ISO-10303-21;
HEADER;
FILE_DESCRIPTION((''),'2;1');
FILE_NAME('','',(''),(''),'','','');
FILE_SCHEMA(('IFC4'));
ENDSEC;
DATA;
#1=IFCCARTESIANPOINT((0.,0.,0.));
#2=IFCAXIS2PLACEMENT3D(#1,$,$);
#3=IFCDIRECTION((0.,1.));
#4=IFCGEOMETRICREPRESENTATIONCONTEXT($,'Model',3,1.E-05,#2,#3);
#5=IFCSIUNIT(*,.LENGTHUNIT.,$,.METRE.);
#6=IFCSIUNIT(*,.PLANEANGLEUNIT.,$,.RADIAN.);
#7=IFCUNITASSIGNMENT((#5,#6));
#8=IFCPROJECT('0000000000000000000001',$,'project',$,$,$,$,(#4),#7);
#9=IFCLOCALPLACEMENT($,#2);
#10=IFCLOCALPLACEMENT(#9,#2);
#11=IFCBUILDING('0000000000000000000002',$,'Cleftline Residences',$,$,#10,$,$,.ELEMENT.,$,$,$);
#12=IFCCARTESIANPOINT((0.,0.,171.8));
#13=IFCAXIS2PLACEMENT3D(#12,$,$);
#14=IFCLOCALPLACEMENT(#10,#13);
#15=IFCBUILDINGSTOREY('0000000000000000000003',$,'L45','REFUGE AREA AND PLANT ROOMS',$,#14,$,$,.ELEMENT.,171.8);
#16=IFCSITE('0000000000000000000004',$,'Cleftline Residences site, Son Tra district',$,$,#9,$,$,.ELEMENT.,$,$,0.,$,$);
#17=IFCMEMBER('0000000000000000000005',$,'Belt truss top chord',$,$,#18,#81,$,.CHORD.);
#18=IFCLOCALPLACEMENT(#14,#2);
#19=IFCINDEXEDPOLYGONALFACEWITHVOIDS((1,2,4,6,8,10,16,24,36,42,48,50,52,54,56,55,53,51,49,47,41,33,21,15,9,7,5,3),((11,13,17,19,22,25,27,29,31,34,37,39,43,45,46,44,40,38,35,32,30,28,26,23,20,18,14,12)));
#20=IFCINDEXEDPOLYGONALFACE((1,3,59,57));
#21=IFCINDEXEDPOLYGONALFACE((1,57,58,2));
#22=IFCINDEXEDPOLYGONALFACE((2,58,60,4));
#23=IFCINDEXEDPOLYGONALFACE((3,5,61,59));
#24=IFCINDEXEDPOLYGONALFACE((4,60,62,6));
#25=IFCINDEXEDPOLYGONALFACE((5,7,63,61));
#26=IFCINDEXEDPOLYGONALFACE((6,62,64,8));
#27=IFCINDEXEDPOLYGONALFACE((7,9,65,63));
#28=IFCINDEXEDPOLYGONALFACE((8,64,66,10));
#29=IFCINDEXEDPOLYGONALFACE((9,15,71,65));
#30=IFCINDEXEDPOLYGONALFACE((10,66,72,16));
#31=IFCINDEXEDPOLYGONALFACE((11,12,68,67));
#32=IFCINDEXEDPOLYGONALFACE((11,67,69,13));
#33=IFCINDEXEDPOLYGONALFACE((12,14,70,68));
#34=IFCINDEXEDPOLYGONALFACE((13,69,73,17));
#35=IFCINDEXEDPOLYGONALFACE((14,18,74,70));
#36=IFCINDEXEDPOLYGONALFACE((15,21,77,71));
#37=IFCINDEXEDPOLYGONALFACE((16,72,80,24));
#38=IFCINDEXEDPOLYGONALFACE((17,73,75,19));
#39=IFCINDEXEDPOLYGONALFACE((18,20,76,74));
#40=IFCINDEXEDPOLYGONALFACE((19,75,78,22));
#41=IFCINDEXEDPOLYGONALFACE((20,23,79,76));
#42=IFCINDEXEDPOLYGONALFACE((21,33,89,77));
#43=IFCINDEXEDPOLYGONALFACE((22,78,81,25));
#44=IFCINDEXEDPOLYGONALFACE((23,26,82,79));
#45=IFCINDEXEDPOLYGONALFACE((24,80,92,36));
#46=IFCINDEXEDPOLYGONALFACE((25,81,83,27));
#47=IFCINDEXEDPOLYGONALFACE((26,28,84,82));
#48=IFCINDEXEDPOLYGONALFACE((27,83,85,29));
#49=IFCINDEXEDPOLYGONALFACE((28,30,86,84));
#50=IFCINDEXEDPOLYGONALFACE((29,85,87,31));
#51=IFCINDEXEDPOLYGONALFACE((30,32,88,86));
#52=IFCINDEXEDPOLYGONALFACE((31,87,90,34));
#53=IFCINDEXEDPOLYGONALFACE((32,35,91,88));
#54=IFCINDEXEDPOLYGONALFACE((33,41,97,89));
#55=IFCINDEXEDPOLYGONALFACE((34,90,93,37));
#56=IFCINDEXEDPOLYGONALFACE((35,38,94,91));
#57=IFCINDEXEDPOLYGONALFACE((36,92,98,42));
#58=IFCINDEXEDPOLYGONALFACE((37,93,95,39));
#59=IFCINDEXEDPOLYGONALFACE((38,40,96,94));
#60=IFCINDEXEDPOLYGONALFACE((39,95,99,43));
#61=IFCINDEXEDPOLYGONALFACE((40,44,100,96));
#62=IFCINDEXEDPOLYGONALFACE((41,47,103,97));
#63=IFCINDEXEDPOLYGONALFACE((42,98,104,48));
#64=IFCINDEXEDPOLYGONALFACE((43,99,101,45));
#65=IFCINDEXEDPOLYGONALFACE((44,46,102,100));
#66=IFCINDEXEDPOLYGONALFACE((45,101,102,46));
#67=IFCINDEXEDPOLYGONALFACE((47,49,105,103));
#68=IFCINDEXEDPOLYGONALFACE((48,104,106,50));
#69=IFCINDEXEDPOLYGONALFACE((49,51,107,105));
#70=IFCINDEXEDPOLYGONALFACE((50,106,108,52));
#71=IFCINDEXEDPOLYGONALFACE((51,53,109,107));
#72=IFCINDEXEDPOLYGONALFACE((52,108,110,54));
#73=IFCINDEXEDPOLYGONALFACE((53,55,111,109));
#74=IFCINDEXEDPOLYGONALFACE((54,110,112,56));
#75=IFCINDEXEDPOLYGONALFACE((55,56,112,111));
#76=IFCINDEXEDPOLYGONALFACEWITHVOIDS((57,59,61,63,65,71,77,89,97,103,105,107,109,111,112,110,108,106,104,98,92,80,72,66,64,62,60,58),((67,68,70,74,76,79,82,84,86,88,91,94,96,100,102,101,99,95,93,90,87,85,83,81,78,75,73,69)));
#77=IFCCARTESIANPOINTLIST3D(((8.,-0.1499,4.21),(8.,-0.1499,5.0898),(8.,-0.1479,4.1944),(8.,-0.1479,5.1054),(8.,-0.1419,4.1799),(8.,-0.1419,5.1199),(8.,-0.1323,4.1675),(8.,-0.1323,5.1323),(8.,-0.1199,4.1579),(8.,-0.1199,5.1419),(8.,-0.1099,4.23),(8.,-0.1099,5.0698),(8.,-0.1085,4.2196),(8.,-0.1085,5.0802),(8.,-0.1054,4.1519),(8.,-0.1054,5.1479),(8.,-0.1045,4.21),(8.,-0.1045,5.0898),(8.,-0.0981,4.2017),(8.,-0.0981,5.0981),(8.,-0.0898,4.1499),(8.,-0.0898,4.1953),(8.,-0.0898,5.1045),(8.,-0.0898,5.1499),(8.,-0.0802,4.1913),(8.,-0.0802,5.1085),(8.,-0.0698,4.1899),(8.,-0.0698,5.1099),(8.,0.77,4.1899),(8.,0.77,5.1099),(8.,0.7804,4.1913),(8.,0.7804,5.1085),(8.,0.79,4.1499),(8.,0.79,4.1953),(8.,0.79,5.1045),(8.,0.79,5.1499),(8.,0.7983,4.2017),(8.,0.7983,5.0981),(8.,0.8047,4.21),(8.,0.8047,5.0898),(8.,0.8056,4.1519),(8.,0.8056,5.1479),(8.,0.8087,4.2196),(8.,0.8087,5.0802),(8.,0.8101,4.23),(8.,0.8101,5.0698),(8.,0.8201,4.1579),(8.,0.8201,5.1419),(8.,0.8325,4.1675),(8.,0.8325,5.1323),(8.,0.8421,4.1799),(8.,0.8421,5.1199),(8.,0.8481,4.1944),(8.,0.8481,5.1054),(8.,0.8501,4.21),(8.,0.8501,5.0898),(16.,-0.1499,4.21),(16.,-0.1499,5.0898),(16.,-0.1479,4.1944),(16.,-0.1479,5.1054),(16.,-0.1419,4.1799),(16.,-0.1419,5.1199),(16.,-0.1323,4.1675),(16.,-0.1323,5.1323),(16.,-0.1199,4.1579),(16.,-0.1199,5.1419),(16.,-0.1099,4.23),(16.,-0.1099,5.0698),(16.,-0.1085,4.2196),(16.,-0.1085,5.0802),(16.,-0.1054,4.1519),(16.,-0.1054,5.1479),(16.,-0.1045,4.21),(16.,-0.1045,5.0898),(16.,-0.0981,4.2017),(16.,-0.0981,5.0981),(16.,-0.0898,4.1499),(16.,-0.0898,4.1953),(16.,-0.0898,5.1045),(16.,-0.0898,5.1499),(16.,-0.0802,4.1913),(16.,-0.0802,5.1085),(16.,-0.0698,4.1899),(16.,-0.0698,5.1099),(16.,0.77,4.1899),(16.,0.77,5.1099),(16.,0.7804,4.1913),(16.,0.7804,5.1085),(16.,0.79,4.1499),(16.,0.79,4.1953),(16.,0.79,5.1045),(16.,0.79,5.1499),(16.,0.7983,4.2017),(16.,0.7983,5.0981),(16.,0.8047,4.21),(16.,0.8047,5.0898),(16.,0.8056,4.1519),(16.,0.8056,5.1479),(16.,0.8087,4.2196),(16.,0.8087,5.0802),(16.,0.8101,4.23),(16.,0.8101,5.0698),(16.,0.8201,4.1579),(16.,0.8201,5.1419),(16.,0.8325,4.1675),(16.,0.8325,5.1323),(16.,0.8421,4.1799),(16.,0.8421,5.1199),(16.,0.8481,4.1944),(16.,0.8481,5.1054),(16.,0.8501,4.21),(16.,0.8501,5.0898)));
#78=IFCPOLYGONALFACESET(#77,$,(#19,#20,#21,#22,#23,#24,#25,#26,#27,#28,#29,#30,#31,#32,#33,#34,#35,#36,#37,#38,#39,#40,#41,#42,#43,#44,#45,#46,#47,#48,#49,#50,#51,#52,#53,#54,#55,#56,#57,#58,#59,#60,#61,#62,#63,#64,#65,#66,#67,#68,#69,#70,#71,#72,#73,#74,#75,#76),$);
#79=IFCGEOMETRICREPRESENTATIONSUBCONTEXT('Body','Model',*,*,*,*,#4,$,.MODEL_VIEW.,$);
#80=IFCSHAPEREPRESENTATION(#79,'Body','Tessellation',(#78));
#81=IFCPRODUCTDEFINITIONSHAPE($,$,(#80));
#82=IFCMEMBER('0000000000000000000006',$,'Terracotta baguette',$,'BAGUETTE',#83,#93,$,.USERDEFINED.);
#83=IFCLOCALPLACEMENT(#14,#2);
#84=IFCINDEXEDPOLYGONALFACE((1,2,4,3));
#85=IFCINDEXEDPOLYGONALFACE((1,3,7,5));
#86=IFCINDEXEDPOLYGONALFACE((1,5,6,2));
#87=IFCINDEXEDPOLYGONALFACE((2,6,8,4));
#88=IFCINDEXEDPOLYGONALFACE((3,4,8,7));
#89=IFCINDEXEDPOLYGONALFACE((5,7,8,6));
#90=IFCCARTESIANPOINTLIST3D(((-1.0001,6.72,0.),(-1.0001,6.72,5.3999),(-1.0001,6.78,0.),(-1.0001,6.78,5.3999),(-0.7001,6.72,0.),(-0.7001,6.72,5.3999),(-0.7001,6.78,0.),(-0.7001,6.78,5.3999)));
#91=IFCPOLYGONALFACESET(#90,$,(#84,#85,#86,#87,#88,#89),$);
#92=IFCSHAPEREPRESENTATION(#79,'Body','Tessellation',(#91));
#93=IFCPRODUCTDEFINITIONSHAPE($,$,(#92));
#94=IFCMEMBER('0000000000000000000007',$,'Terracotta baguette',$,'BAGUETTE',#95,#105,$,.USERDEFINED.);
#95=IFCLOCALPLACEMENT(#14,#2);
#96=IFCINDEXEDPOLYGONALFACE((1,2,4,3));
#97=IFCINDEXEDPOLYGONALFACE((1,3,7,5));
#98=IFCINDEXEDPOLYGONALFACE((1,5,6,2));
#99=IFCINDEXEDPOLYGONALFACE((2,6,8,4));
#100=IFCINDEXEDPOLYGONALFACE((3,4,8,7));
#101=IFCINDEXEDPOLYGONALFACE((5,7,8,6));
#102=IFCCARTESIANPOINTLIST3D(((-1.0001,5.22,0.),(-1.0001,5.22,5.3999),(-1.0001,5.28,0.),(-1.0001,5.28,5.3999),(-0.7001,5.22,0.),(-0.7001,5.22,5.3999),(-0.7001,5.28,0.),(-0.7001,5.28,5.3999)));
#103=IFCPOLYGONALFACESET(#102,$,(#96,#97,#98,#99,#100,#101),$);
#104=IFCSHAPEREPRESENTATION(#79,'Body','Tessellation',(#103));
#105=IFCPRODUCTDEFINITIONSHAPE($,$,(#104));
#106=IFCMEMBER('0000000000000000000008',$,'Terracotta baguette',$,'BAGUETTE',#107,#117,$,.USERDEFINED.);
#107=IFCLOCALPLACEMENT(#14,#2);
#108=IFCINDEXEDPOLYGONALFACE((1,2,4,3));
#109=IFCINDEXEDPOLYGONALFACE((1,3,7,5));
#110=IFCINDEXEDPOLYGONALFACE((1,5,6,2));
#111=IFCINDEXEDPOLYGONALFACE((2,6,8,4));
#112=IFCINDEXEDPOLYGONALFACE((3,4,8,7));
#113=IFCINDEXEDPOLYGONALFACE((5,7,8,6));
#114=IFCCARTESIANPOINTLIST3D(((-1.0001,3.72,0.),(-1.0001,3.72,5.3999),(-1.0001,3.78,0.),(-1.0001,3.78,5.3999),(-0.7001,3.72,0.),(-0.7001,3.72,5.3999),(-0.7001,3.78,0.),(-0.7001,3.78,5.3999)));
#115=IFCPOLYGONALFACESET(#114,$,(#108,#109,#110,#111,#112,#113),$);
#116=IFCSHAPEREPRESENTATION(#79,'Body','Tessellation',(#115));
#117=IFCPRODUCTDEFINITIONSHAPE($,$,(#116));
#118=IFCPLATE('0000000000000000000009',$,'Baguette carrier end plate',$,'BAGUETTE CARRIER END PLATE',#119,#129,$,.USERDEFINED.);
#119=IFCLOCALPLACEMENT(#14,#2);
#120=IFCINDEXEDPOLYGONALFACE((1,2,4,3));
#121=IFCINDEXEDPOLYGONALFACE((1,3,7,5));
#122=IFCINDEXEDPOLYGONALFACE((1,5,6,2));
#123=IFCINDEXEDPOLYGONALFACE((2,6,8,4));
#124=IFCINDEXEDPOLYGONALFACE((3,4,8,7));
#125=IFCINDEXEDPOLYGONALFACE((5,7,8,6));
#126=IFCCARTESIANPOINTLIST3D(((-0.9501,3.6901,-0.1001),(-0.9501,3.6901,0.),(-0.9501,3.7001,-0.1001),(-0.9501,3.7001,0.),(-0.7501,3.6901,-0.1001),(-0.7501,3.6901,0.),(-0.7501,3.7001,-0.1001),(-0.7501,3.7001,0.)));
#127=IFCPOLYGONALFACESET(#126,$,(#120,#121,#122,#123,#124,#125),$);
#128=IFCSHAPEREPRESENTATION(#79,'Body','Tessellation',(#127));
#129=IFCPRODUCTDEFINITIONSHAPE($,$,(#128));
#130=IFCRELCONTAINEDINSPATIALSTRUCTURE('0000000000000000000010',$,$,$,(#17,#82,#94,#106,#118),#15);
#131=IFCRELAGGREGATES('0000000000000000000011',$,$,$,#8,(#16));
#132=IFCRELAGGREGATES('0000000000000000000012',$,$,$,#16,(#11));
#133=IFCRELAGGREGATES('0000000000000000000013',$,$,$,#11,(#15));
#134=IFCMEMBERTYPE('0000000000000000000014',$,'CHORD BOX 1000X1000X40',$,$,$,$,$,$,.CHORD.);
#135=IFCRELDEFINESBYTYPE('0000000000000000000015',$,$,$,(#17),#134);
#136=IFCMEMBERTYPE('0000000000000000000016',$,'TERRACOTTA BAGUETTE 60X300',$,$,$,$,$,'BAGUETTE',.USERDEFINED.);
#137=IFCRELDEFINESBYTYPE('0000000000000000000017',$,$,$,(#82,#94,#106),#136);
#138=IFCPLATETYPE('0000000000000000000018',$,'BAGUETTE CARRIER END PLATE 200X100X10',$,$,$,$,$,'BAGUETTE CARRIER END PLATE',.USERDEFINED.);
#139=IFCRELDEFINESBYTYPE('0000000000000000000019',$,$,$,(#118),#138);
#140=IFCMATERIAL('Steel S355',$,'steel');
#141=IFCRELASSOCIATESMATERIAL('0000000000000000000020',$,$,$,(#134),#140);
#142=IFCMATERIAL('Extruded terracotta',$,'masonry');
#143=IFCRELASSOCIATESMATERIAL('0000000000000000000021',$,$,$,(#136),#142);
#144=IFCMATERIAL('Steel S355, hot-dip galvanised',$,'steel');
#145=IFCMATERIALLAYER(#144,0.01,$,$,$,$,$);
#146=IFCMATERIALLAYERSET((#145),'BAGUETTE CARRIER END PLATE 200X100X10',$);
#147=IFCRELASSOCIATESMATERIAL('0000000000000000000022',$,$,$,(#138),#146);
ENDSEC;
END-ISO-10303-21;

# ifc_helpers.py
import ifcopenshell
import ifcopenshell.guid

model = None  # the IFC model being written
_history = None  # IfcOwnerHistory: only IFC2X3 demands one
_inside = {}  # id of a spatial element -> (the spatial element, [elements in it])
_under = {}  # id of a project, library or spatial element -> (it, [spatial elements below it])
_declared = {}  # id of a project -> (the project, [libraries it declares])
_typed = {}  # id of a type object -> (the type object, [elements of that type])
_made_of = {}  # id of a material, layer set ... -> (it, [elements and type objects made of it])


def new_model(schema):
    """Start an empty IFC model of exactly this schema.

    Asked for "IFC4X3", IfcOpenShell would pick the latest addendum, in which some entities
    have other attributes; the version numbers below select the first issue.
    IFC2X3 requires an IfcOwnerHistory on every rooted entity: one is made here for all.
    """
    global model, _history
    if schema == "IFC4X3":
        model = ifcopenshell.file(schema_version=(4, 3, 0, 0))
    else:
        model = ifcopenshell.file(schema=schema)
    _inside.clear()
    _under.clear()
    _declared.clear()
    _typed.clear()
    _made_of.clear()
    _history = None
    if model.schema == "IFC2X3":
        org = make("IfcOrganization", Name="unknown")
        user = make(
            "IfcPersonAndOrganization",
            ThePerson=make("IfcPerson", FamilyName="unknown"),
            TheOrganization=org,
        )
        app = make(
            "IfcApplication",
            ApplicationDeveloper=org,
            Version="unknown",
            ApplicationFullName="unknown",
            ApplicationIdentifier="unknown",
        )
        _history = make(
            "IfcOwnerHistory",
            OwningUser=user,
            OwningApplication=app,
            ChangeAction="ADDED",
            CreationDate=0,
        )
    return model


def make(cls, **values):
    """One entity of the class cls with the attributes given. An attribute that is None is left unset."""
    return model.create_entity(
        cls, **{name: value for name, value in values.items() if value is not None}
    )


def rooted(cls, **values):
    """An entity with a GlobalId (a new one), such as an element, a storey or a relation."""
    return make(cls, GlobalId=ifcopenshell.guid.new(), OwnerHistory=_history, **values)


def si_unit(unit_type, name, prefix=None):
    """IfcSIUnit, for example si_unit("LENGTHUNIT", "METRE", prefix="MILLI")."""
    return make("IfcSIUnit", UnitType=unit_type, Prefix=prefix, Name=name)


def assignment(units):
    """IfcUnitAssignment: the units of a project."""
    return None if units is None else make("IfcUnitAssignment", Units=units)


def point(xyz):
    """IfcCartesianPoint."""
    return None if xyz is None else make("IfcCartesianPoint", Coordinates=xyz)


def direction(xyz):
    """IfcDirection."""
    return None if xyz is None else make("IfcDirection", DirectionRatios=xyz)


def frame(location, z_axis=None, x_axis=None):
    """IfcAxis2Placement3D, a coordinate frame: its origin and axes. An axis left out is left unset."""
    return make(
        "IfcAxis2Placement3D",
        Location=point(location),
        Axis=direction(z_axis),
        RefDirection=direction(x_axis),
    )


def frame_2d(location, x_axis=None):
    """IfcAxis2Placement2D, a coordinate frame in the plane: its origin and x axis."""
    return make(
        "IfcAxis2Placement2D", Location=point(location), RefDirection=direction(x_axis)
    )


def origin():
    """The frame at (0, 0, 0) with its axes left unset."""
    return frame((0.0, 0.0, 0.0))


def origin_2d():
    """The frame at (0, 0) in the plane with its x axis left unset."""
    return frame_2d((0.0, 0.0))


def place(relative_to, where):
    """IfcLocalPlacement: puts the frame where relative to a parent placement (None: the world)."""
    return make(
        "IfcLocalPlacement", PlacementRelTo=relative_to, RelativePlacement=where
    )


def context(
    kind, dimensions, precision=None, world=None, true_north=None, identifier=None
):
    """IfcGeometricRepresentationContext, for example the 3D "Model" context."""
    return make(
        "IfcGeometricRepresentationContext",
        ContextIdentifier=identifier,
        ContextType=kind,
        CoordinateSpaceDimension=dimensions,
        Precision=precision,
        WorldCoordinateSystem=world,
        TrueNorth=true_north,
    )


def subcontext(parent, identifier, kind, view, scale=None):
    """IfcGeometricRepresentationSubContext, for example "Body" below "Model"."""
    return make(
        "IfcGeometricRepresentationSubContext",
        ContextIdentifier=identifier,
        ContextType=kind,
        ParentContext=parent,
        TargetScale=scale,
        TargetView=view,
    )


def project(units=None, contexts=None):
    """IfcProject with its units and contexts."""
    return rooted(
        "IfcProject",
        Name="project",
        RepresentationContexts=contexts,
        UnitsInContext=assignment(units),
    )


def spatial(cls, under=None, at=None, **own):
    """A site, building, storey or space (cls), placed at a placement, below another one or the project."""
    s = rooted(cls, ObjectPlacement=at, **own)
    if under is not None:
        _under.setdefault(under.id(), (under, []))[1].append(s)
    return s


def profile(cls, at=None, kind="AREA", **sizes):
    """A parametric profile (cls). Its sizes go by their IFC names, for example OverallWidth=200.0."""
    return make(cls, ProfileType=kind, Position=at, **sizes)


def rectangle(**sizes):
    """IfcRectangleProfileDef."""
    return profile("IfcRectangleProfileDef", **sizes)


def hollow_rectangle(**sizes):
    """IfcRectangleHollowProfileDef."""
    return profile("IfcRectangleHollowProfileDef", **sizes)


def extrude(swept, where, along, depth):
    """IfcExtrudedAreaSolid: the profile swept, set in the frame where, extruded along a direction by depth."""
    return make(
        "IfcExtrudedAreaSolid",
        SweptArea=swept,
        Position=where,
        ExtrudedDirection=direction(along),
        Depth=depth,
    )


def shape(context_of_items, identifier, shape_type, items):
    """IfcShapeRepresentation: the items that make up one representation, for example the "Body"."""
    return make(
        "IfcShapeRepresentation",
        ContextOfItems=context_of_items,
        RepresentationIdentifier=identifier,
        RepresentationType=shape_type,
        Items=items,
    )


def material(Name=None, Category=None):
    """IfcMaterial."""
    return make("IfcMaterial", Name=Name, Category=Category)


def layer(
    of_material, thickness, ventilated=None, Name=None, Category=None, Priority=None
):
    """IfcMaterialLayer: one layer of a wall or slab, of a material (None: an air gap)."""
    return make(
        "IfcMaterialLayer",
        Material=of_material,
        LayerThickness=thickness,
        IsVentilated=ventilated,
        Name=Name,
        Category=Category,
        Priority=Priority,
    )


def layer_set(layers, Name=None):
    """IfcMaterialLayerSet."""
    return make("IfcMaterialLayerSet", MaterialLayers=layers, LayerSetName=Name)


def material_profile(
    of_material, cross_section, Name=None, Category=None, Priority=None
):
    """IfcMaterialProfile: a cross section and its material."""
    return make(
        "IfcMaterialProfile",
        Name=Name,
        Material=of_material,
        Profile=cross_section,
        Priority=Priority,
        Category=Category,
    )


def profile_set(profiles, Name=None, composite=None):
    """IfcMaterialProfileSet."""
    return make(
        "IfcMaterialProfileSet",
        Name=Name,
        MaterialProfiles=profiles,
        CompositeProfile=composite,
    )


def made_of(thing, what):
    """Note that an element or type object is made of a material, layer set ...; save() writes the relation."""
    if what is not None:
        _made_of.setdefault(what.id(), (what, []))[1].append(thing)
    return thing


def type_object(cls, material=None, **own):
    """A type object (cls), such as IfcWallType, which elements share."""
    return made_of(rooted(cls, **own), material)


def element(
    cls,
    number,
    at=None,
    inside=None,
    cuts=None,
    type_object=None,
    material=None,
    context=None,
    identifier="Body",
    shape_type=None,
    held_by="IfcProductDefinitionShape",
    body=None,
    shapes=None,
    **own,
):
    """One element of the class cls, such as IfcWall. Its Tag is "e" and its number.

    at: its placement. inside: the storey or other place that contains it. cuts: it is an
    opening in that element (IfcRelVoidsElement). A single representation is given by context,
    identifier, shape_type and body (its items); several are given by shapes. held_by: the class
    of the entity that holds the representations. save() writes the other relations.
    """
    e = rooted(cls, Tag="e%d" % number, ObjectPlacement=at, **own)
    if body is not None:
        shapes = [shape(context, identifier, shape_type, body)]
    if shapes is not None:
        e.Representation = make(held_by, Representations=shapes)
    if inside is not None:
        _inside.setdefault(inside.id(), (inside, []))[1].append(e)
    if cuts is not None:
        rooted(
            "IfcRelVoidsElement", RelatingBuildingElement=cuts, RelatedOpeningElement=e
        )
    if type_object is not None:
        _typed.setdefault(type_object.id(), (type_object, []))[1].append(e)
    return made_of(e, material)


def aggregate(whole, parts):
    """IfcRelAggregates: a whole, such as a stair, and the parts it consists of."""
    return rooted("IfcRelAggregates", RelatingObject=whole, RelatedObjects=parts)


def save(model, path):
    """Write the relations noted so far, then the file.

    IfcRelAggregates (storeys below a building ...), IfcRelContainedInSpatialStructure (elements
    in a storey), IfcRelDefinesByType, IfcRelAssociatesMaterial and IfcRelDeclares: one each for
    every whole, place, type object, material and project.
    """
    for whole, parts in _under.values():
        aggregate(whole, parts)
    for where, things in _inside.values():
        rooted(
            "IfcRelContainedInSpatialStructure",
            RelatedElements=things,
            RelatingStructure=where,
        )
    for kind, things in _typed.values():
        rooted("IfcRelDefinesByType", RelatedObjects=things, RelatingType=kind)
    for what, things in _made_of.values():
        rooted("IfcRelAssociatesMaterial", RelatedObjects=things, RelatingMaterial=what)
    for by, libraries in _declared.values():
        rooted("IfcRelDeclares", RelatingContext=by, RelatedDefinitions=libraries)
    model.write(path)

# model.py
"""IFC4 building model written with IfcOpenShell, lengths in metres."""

from ifc_helpers import new_model, si_unit, direction, frame, origin, origin_2d, place, context, subcontext, project, spatial, rectangle, hollow_rectangle, extrude, material, layer, layer_set, material_profile, profile_set, type_object, element, save


model = new_model("IFC4")

# Units and contexts
model_context = context("Model", 3, precision=1e-05, world=origin(), true_north=direction((0.0, 1.0)))
body_context = subcontext(model_context, "Body", "Model", "MODEL_VIEW")
ifc_project = project(units=[si_unit("LENGTHUNIT", "METRE"), si_unit("PLANEANGLEUNIT", "RADIAN")], contexts=[model_context])

# Site, building, storey
site_placement = place(None, origin())
site = spatial("IfcSite", under=ifc_project, at=site_placement, Name="Cleftline Residences site, Son Tra district", CompositionType="ELEMENT", RefElevation=0.0)
building_placement = place(site_placement, origin())
building = spatial("IfcBuilding", under=site, at=building_placement, Name="Cleftline Residences", CompositionType="ELEMENT")
storey_placement = place(building_placement, frame((0.0, 0.0, 171.8)))
storey = spatial("IfcBuildingStorey", under=building, at=storey_placement, Name="L45", Description="REFUGE AREA AND PLANT ROOMS", CompositionType="ELEMENT", Elevation=171.8)

# Members
ifc_material_1 = material(Name="Steel S355", Category="steel")
ifc_material_profile_1 = material_profile(ifc_material_1, hollow_rectangle(XDim=1.0, YDim=1.0, WallThickness=0.04, InnerFilletRadius=0.04, OuterFilletRadius=0.0601, at=origin_2d()))
ifc_profile_set_1 = profile_set([ifc_material_profile_1], Name="Steel S355")
member_type_1 = type_object("IfcMemberType", Name="CHORD BOX 1000X1000X40", PredefinedType="CHORD", material=ifc_profile_set_1)
for number, where, z_axis, x_axis, name in (
    (1, (8.0, 0.3501, 4.6499), (1.0, 0.0, 0.0), (0.0, 1.0, 0.0), "Belt truss top chord"),
):
    element("IfcMember", number, at=place(storey_placement, frame(where, z_axis=z_axis, x_axis=x_axis)), inside=storey, type_object=member_type_1, Name=name, PredefinedType="CHORD", context=body_context, shape_type="SweptSolid", body=[
        extrude(hollow_rectangle(XDim=1.0, YDim=1.0, WallThickness=0.04, InnerFilletRadius=0.04, OuterFilletRadius=0.0601, at=origin_2d()), origin(), (0.0, 0.0, 1.0), 8.0),
    ])
ifc_material_2 = material(Name="Extruded terracotta", Category="masonry")
ifc_material_profile_2 = material_profile(ifc_material_2, rectangle(XDim=0.0601, YDim=0.3, at=origin_2d()))
ifc_profile_set_2 = profile_set([ifc_material_profile_2], Name="Extruded terracotta")
member_type_2 = type_object("IfcMemberType", Name="TERRACOTTA BAGUETTE 60X300", ElementType="BAGUETTE", PredefinedType="USERDEFINED", material=ifc_profile_set_2)
for number, where, z_axis, x_axis, name in (
    (2, (-0.8501, 6.75, 0.0), (0.0, 0.0, 1.0), (0.0, 1.0, 0.0), "Terracotta baguette"),
    (3, (-0.8501, 5.25, 0.0), (0.0, 0.0, 1.0), (0.0, 1.0, 0.0), "Terracotta baguette"),
    (4, (-0.8501, 3.75, 0.0), (0.0, 0.0, 1.0), (0.0, 1.0, 0.0), "Terracotta baguette"),
):
    element("IfcMember", number, at=place(storey_placement, frame(where, z_axis=z_axis, x_axis=x_axis)), inside=storey, type_object=member_type_2, Name=name, ObjectType="BAGUETTE", PredefinedType="USERDEFINED", context=body_context, shape_type="SweptSolid", body=[
        extrude(rectangle(XDim=0.0601, YDim=0.3, at=origin_2d()), origin(), (0.0, 0.0, 1.0), 5.3999),
    ])

# Plate
ifc_material_3 = material(Name="Steel S355, hot-dip galvanised", Category="steel")
ifc_layer_1 = layer(ifc_material_3, 0.01)
ifc_layer_set_1 = layer_set([ifc_layer_1], Name="BAGUETTE CARRIER END PLATE 200X100X10")
plate_type = type_object("IfcPlateType", Name="BAGUETTE CARRIER END PLATE 200X100X10", ElementType="BAGUETTE CARRIER END PLATE", PredefinedType="USERDEFINED", material=ifc_layer_set_1)
plate_placement = place(storey_placement, frame((-0.8501, 3.6951, -0.1001), z_axis=(0.0, 0.0, 1.0), x_axis=(-1.0, 0.0, 0.0)))
element("IfcPlate", 5, at=plate_placement, inside=storey, type_object=plate_type, Name="Baguette carrier end plate", ObjectType="BAGUETTE CARRIER END PLATE", PredefinedType="USERDEFINED", context=body_context, shape_type="SweptSolid", body=[
    extrude(rectangle(XDim=0.2, YDim=0.01, at=origin_2d()), origin(), (0.0, 0.0, 1.0), 0.1001),
])

save(model, "model.ifc")
